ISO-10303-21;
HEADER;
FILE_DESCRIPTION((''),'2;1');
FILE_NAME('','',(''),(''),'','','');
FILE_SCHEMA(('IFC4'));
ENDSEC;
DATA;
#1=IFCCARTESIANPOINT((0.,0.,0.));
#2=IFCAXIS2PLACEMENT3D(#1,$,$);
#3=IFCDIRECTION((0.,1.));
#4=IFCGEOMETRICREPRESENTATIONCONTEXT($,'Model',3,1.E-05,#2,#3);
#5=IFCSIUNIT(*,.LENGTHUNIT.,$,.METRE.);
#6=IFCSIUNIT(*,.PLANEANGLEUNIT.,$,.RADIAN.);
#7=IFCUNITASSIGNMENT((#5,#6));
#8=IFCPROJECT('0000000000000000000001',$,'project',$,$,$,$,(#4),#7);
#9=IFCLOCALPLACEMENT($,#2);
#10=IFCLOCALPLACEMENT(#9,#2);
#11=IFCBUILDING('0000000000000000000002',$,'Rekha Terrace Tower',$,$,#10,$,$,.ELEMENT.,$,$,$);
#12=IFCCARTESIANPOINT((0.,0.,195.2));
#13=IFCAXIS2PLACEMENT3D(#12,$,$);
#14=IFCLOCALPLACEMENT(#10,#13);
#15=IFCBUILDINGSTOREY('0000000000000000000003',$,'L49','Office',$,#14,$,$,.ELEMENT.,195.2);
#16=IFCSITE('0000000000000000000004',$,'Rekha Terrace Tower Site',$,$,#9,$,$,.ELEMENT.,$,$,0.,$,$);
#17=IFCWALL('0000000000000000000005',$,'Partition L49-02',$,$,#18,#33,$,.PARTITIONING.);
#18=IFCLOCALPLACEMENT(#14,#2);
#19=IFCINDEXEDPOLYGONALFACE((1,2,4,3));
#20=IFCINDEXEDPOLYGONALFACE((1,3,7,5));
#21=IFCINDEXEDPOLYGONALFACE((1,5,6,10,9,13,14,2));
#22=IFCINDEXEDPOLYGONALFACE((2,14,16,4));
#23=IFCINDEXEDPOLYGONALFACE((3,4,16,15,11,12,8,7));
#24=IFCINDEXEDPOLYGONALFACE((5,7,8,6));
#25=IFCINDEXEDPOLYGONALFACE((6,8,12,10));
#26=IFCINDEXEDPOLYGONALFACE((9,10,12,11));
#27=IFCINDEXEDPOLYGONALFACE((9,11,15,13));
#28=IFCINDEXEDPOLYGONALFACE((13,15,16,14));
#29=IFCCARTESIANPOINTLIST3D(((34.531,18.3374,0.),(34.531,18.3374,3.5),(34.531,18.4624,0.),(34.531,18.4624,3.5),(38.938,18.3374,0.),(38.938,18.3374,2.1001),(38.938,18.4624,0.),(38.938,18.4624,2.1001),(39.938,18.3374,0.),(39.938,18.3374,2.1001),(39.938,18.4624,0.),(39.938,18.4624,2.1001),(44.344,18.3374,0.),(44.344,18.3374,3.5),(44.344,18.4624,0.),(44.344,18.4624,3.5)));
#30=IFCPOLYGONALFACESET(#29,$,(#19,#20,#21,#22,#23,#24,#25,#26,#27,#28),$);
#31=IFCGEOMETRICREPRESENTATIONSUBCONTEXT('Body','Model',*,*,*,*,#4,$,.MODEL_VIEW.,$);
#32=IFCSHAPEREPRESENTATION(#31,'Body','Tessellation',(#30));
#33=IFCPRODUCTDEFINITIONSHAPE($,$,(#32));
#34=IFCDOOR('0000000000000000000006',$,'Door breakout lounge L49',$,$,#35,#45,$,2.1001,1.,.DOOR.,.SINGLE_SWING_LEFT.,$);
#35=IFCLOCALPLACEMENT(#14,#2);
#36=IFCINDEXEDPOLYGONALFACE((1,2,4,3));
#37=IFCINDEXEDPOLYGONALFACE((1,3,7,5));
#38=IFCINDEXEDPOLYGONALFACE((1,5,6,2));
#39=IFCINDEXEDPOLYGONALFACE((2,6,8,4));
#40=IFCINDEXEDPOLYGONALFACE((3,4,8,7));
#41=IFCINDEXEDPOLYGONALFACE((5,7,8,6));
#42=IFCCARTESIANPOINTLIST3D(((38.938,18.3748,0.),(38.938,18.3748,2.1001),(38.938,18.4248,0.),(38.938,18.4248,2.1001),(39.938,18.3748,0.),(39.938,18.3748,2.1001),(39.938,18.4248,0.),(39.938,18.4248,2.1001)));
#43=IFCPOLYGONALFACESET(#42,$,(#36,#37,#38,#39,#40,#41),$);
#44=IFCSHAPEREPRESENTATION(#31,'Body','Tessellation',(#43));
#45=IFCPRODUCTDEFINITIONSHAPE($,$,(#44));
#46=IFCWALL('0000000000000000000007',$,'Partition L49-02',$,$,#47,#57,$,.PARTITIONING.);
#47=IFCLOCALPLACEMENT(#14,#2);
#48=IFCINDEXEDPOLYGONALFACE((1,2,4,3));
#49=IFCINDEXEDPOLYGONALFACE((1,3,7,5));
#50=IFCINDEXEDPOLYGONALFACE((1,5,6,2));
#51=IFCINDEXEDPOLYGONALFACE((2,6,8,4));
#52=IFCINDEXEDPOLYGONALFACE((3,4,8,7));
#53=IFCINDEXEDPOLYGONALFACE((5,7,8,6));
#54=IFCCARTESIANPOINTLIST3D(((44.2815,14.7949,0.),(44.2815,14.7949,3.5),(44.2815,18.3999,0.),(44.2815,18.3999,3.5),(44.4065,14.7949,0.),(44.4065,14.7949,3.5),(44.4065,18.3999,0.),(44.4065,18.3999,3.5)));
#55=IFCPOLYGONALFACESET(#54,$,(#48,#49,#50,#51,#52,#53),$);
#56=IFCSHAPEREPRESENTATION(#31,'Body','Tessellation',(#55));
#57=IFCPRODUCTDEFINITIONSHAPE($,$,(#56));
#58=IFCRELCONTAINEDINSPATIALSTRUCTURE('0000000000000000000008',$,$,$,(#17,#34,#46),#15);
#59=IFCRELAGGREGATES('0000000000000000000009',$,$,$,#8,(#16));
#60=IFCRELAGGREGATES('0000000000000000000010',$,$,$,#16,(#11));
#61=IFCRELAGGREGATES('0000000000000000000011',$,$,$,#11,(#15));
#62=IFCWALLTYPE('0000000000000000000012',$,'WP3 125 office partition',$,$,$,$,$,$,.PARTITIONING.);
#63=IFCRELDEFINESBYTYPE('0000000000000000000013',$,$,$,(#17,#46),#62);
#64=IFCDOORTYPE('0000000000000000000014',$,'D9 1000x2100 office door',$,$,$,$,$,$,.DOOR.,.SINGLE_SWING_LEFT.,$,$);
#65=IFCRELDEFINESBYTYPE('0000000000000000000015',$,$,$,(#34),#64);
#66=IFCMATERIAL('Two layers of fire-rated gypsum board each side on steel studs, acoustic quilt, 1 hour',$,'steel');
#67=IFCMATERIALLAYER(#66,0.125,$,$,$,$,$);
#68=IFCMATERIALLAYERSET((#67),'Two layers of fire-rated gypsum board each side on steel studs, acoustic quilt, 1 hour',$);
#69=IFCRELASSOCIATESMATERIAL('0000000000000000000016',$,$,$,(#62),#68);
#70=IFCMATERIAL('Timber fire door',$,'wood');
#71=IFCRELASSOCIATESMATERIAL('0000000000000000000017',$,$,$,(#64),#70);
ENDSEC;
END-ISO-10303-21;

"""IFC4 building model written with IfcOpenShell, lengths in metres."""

from ifc_helpers import new_model, si_unit, direction, frame, frame_2d, origin, place, context, subcontext, project, spatial, rectangle, extrude, material, layer, layer_set, type_object, element, fill, save


model = new_model("IFC4")

# Units and contexts
model_context = context("Model", 3, precision=1e-05, world=origin(), true_north=direction((0.0, 1.0)))
body_context = subcontext(model_context, "Body", "Model", "MODEL_VIEW")
ifc_project = project(units=[si_unit("LENGTHUNIT", "METRE"), si_unit("PLANEANGLEUNIT", "RADIAN")], contexts=[model_context])

# Site, building, storey
site_placement = place(None, origin())
site = spatial("IfcSite", under=ifc_project, at=site_placement, Name="Rekha Terrace Tower Site", CompositionType="ELEMENT", RefElevation=0.0)
building_placement = place(site_placement, origin())
building = spatial("IfcBuilding", under=site, at=building_placement, Name="Rekha Terrace Tower", CompositionType="ELEMENT")
storey_placement = place(building_placement, frame((0.0, 0.0, 195.2)))
storey = spatial("IfcBuildingStorey", under=building, at=storey_placement, Name="L49", Description="Office", CompositionType="ELEMENT", Elevation=195.2)

# Shared definitions
ifc_material_1 = material(Name="Two layers of fire-rated gypsum board each side on steel studs, acoustic quilt, 1 hour", Category="steel")
ifc_layer_1 = layer(ifc_material_1, 0.125)
ifc_layer_set_1 = layer_set([ifc_layer_1], Name="Two layers of fire-rated gypsum board each side on steel studs, acoustic quilt, 1 hour")
wall_type = type_object("IfcWallType", Name="WP3 125 office partition", PredefinedType="PARTITIONING", material=ifc_layer_set_1)

# Wall, opening, door
wall_1_placement = place(storey_placement, frame((34.531, 18.3999, 0.0), z_axis=(0.0, 0.0, 1.0), x_axis=(1.0, 0.0, 0.0)))
wall_1 = element("IfcWall", 1, at=wall_1_placement, inside=storey, type_object=wall_type, Name="Partition L49-02", PredefinedType="PARTITIONING", context=body_context, shape_type="SweptSolid", body=[
    extrude(rectangle(XDim=9.813, YDim=0.125, at=frame_2d((4.9065, 0.0))), origin(), (0.0, 0.0, 1.0), 3.5),
])
opening_placement = place(wall_1_placement, frame((4.407, 0.0, 0.0)))
opening = element("IfcOpeningElement", 2, at=opening_placement, cuts=wall_1, PredefinedType="OPENING", context=body_context, shape_type="SweptSolid", body=[
    extrude(rectangle(XDim=1.0, YDim=2.1001, at=frame_2d((0.5, 1.05))), frame((0.0, 0.0725, 0.0), z_axis=(0.0, -1.0, 0.0), x_axis=(1.0, 0.0, 0.0)), (0.0, 0.0, 1.0), 0.145),
])
ifc_material_2 = material(Name="Timber fire door", Category="wood")
door_type = type_object("IfcDoorType", Name="D9 1000x2100 office door", OperationType="SINGLE_SWING_LEFT", PredefinedType="DOOR", material=ifc_material_2)
door_placement = place(opening_placement, origin())
door = element("IfcDoor", 3, at=door_placement, inside=storey, type_object=door_type, Name="Door breakout lounge L49", OperationType="SINGLE_SWING_LEFT", OverallHeight=2.1001, OverallWidth=1.0, PredefinedType="DOOR", context=body_context, shape_type="SweptSolid", body=[
    extrude(rectangle(XDim=1.0, YDim=2.1001, at=frame_2d((0.5, 1.05))), frame((0.0, 0.0249, 0.0), z_axis=(0.0, -1.0, 0.0), x_axis=(1.0, 0.0, 0.0)), (0.0, 0.0, 1.0), 0.05),
])
fill(opening, door)

# Wall
wall_2_placement = place(storey_placement, frame((44.344, 18.3999, 0.0), z_axis=(0.0, 0.0, 1.0), x_axis=(0.0, -1.0, 0.0)))
element("IfcWall", 4, at=wall_2_placement, inside=storey, type_object=wall_type, Name="Partition L49-02", PredefinedType="PARTITIONING", context=body_context, shape_type="SweptSolid", body=[
    extrude(rectangle(XDim=3.605, YDim=0.125, at=frame_2d((1.8025, 0.0))), origin(), (0.0, 0.0, 1.0), 3.5),
])

save(model, "model.ifc")
